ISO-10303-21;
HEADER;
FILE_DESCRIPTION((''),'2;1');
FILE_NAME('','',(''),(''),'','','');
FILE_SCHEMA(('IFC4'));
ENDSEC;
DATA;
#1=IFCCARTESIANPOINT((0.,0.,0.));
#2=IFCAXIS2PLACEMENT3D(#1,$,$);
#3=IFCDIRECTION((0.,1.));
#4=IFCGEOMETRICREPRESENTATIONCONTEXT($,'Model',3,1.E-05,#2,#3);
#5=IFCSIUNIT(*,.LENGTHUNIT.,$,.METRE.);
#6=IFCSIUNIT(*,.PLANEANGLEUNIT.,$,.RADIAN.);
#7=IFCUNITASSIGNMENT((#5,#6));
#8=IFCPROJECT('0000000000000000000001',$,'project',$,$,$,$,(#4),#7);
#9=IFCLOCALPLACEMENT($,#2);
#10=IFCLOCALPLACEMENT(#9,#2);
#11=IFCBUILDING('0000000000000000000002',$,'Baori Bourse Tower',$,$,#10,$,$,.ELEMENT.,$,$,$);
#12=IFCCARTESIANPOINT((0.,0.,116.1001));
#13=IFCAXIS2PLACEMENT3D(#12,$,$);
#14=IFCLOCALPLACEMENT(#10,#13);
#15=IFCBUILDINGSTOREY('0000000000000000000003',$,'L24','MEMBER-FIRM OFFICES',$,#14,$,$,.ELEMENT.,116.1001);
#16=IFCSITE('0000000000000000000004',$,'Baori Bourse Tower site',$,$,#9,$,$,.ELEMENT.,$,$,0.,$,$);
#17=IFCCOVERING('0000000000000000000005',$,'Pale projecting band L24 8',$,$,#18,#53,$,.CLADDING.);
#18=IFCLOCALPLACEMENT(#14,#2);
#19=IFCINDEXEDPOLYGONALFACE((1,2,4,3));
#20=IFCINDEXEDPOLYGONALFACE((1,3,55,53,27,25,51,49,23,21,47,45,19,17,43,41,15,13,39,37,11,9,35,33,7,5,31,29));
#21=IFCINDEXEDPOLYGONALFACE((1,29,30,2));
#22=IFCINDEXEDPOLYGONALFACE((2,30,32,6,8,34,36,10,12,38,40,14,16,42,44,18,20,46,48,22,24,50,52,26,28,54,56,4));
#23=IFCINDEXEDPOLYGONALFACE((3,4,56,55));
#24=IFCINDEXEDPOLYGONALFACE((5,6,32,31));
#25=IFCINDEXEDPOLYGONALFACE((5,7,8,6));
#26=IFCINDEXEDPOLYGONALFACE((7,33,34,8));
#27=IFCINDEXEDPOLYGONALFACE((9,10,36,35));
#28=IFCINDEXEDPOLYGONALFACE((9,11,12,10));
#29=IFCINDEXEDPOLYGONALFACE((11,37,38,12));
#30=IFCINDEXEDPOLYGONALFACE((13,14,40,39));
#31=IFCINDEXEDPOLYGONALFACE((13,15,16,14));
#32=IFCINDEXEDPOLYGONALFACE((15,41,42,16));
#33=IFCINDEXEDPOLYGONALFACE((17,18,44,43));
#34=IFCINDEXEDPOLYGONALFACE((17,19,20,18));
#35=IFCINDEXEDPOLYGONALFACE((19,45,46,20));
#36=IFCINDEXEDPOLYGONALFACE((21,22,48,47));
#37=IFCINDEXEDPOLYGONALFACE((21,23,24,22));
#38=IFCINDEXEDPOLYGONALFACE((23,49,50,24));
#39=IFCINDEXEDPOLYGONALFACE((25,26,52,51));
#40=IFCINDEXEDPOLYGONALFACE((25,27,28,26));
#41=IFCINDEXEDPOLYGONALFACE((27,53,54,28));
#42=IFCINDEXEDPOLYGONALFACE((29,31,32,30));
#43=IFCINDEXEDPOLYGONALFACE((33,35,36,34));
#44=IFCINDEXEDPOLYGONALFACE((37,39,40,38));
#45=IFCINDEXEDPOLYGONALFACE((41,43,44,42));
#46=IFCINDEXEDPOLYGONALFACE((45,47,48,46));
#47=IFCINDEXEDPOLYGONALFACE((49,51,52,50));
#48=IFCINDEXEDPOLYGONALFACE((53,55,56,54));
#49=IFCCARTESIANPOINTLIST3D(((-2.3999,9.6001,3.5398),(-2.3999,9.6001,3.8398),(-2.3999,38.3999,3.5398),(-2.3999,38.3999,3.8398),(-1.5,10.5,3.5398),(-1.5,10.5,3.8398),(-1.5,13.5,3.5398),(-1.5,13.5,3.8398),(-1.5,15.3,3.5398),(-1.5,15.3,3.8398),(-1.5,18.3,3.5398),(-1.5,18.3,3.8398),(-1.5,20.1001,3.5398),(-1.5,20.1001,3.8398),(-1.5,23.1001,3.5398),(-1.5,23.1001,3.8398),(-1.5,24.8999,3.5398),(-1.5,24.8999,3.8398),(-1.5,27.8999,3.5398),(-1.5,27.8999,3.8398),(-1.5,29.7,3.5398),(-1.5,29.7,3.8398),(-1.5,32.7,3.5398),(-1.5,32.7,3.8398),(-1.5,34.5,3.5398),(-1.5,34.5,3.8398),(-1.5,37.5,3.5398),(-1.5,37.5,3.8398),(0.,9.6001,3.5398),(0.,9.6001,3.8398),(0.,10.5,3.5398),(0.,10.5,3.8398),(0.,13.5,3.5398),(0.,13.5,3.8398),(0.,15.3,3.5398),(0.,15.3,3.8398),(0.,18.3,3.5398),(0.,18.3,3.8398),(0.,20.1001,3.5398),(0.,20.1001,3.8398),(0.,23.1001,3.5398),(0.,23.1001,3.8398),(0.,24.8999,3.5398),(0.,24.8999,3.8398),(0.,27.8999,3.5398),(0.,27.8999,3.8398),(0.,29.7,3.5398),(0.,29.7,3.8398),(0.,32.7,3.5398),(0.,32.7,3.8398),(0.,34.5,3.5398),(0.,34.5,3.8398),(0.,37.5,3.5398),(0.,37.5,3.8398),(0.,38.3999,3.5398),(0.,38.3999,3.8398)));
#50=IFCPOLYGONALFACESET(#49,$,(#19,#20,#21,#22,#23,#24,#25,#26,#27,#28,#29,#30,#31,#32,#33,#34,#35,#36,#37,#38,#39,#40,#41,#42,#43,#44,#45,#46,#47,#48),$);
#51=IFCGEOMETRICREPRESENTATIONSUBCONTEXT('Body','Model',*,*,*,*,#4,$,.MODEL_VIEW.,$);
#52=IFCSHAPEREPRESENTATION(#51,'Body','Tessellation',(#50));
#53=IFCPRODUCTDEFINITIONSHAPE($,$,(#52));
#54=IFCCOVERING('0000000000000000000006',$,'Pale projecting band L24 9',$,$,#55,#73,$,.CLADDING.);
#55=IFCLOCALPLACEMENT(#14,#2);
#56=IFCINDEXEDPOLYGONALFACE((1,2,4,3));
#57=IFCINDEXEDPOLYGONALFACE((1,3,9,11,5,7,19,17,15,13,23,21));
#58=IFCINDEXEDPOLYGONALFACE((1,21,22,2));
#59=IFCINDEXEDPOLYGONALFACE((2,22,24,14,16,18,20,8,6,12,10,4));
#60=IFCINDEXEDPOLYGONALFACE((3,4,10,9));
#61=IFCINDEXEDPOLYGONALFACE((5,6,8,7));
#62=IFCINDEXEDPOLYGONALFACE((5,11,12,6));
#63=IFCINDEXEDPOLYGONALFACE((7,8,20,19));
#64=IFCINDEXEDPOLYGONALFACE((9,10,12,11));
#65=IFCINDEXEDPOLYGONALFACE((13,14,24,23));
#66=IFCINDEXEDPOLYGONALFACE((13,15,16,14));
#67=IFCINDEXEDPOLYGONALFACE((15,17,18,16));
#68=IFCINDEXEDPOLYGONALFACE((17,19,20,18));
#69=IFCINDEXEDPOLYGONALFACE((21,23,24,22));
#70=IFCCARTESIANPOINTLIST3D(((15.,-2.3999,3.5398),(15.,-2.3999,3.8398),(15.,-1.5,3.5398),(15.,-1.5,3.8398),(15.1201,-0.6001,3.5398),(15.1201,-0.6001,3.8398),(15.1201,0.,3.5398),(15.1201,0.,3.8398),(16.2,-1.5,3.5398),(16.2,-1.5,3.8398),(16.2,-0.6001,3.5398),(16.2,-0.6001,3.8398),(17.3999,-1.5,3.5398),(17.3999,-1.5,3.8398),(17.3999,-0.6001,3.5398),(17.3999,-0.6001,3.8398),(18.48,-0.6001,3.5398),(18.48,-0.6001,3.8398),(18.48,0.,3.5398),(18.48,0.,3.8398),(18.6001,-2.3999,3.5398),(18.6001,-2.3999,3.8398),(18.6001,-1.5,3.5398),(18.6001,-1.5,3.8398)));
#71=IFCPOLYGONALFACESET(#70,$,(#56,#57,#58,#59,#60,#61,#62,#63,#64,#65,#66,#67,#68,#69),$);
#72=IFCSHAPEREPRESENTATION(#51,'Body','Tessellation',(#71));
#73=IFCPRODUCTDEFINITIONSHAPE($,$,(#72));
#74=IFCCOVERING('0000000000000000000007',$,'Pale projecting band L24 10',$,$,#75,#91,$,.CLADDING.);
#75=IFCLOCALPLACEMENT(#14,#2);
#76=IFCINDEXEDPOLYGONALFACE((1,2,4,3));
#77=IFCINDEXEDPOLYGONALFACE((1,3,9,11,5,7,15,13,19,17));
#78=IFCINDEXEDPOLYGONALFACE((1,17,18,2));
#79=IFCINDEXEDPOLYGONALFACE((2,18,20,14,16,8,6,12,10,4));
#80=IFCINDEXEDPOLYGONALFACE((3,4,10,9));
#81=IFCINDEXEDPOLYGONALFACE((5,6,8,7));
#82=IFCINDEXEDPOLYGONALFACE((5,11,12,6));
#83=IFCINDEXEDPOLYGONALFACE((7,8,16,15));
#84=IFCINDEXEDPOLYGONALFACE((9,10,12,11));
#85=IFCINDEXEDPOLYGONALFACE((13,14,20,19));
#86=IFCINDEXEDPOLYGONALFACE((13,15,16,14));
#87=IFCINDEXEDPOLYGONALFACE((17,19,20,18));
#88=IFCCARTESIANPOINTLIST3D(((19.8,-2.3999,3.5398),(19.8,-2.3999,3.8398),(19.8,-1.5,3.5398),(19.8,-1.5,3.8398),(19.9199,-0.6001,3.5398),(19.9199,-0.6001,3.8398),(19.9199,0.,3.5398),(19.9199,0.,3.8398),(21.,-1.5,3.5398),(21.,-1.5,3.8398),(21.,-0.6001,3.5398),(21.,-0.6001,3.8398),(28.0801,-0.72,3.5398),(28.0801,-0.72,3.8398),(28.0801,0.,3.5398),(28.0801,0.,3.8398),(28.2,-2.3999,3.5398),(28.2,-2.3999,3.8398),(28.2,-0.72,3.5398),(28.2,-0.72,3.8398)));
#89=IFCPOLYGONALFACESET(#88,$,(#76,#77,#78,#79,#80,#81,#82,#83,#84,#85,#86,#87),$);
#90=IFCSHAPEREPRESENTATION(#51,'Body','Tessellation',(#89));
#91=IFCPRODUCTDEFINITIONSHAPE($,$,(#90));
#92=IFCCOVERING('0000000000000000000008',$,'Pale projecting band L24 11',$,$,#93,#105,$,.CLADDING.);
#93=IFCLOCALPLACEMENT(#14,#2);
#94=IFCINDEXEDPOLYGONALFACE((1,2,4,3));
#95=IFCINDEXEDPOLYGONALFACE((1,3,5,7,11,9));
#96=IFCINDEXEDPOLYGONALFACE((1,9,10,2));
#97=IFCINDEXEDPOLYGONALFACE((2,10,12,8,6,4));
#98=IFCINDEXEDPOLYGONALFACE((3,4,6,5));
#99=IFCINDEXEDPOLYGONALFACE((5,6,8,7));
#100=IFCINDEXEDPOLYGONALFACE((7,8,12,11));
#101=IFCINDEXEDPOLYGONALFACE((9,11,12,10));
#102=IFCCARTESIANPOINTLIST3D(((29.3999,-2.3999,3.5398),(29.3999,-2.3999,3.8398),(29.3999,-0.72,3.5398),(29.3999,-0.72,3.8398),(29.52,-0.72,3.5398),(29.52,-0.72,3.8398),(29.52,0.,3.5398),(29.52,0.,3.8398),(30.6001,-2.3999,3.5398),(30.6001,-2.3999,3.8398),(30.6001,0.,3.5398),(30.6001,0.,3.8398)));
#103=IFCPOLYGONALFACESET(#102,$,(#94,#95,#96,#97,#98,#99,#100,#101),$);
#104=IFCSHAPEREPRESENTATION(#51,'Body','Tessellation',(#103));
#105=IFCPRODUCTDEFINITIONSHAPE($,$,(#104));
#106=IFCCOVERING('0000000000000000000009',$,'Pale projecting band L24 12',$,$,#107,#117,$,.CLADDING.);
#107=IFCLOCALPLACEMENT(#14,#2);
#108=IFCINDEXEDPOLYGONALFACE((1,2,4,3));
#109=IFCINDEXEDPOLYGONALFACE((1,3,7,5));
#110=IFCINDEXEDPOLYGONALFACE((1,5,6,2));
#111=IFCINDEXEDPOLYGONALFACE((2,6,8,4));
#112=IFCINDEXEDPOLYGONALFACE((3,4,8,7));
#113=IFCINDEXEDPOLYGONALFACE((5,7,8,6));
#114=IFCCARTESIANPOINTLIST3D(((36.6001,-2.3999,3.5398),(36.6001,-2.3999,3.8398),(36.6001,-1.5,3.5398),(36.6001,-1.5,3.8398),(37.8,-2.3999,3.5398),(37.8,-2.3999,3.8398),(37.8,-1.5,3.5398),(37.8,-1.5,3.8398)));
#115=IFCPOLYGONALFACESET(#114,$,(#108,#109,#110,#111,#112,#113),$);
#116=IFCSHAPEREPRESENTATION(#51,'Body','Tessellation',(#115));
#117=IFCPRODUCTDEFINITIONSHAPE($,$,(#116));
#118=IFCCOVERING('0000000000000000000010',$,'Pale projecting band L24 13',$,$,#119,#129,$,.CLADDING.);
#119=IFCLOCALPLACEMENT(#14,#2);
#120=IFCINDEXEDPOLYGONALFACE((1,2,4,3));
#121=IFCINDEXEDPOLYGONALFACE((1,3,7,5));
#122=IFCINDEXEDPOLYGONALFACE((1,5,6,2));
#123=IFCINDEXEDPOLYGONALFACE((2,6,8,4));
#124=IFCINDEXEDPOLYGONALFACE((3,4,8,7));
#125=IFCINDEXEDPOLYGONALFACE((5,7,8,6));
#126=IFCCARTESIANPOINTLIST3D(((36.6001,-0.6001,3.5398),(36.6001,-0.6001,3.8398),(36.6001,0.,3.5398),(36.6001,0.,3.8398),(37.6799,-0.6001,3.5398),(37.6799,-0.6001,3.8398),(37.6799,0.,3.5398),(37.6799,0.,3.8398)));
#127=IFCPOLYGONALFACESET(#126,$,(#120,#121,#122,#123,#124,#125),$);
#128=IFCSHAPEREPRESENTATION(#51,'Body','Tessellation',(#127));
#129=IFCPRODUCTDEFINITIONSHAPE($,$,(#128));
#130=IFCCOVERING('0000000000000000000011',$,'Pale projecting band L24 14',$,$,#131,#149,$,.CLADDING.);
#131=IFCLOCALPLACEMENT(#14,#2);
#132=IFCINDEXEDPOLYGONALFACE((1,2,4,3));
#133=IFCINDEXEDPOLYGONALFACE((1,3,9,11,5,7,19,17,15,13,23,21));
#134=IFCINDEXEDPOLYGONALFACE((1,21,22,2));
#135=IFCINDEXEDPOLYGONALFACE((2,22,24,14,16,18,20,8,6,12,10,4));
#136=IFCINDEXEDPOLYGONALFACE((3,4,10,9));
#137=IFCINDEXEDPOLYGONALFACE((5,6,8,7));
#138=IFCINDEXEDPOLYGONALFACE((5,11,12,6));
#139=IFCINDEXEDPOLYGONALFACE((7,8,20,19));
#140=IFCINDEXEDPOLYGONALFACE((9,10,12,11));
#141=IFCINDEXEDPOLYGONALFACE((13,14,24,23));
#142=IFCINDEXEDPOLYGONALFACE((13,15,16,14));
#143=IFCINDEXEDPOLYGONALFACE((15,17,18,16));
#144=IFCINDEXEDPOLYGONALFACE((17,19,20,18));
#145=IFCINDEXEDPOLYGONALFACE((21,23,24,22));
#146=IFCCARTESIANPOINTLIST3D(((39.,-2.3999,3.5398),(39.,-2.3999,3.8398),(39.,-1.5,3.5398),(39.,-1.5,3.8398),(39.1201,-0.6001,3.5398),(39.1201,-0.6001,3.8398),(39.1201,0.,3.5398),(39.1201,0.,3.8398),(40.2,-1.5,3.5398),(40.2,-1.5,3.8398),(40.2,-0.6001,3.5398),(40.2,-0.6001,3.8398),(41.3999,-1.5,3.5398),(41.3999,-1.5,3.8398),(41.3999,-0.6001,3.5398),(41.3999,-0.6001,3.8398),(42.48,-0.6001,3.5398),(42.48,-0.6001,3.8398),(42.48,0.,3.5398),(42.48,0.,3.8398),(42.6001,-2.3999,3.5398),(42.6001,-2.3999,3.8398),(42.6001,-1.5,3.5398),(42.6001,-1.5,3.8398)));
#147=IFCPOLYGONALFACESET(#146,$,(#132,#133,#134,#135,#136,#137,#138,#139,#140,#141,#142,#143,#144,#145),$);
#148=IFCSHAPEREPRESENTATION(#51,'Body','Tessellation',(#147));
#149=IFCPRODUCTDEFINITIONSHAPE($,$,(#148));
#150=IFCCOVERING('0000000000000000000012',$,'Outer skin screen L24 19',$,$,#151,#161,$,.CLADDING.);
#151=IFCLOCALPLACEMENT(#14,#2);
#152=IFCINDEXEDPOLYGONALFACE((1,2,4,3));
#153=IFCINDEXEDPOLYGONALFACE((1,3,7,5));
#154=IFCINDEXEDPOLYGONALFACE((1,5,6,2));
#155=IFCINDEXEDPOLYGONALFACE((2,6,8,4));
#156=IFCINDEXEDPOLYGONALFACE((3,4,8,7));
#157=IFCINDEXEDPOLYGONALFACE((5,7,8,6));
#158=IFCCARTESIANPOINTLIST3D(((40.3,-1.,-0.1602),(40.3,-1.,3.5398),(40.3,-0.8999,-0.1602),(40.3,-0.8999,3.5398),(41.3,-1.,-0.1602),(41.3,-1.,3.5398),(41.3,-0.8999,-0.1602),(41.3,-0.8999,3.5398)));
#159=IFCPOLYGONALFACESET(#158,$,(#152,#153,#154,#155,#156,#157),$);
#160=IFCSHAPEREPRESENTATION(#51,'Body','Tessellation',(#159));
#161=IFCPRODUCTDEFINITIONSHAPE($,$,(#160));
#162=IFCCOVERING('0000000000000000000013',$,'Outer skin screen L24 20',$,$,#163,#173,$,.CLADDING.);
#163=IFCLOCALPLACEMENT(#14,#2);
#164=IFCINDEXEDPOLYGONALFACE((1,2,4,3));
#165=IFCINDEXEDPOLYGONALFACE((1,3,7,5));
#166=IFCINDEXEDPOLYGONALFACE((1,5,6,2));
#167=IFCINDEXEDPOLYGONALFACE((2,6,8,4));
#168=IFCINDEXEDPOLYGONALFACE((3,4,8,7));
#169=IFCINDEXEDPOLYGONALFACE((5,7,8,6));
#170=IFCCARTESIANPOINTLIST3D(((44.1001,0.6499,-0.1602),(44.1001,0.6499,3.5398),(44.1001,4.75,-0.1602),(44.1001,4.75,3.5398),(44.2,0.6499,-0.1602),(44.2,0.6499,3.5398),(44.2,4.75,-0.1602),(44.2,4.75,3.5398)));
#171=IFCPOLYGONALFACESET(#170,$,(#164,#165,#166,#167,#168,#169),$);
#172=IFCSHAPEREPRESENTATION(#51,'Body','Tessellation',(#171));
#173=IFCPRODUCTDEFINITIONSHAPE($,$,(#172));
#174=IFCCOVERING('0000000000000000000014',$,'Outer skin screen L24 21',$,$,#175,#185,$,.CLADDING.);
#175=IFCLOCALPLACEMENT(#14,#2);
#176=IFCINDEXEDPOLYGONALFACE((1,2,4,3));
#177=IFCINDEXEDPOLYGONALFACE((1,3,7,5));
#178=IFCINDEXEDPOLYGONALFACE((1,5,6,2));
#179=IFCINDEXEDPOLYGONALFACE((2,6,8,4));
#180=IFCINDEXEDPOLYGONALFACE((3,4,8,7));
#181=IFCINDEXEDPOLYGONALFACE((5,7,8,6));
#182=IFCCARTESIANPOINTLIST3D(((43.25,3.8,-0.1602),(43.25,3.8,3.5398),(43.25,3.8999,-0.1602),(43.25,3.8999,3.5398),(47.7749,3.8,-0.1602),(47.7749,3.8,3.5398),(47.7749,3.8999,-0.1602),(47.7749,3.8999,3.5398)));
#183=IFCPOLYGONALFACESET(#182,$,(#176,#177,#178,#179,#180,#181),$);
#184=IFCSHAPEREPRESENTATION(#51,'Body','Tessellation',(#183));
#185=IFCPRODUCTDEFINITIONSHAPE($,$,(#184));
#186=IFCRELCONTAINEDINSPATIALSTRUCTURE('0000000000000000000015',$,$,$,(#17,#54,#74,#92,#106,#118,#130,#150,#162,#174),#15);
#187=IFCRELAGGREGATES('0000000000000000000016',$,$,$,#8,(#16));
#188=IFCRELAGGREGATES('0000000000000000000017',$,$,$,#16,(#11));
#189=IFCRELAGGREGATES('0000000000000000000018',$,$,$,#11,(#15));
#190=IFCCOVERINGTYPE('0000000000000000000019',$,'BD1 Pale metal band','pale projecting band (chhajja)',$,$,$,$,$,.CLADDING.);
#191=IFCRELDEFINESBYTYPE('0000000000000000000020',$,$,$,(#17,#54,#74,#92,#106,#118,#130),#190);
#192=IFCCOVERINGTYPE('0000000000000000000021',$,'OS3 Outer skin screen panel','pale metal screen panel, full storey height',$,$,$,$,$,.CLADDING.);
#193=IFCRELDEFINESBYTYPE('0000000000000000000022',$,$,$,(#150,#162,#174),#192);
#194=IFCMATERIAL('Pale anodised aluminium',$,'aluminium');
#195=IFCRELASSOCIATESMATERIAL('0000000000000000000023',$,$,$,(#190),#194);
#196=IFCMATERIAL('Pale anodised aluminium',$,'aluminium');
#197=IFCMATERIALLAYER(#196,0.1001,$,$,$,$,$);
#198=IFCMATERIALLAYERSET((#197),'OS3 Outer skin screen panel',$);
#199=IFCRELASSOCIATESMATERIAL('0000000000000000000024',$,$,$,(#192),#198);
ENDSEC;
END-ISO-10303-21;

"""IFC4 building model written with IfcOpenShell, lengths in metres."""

from ifc_helpers import new_model, si_unit, direction, frame, origin, place, context, subcontext, project, spatial, polyline, outline, extrude, material, layer, layer_set, type_object, element, save


model = new_model("IFC4")

# Units and contexts
model_context = context("Model", 3, precision=1e-05, world=origin(), true_north=direction((0.0, 1.0)))
body_context = subcontext(model_context, "Body", "Model", "MODEL_VIEW")
ifc_project = project(units=[si_unit("LENGTHUNIT", "METRE"), si_unit("PLANEANGLEUNIT", "RADIAN")], contexts=[model_context])

# Site, building, storey
site_placement = place(None, origin())
site = spatial("IfcSite", under=ifc_project, at=site_placement, Name="Baori Bourse Tower site", CompositionType="ELEMENT", RefElevation=0.0)
building_placement = place(site_placement, origin())
building = spatial("IfcBuilding", under=site, at=building_placement, Name="Baori Bourse Tower", CompositionType="ELEMENT")
storey_placement = place(building_placement, frame((0.0, 0.0, 116.1001)))
storey = spatial("IfcBuildingStorey", under=building, at=storey_placement, Name="L24", Description="MEMBER-FIRM OFFICES", CompositionType="ELEMENT", Elevation=116.1001)

# Coverings
ifc_material_1 = material(Name="Pale anodised aluminium", Category="aluminium")
covering_type_1 = type_object("IfcCoveringType", Name="BD1 Pale metal band", Description="pale projecting band (chhajja)", PredefinedType="CLADDING", material=ifc_material_1)
covering_1_placement = place(storey_placement, frame((0.0, 0.0, 3.5398)))
element("IfcCovering", 1, at=covering_1_placement, inside=storey, type_object=covering_type_1, Name="Pale projecting band L24 8", PredefinedType="CLADDING", context=body_context, shape_type="SweptSolid", body=[
    extrude(outline(polyline([(0.0, 37.5), (0.0, 38.3999), (-2.3999, 38.3999), (-2.3999, 9.6001), (0.0, 9.6001), (0.0, 10.5), (-1.5, 10.5), (-1.5, 13.5), (0.0, 13.5), (0.0, 15.3), (-1.5, 15.3), (-1.5, 18.3), (0.0, 18.3), (0.0, 20.1001), (-1.5, 20.1001), (-1.5, 23.1001), (0.0, 23.1001), (0.0, 24.8999), (-1.5, 24.8999), (-1.5, 27.8999), (0.0, 27.8999), (0.0, 29.7), (-1.5, 29.7), (-1.5, 32.7), (0.0, 32.7), (0.0, 34.5), (-1.5, 34.5), (-1.5, 37.5), (0.0, 37.5)])), origin(), (0.0, 0.0, 1.0), 0.3),
])
covering_2_placement = place(storey_placement, frame((0.0, 0.0, 3.5398)))
element("IfcCovering", 2, at=covering_2_placement, inside=storey, type_object=covering_type_1, Name="Pale projecting band L24 9", PredefinedType="CLADDING", context=body_context, shape_type="SweptSolid", body=[
    extrude(outline(polyline([(18.48, 0.0), (15.1201, 0.0), (15.1201, -0.6001), (16.2, -0.6001), (16.2, -1.5), (15.0, -1.5), (15.0, -2.3999), (18.6001, -2.3999), (18.6001, -1.5), (17.3999, -1.5), (17.3999, -0.6001), (18.48, -0.6001), (18.48, 0.0)])), origin(), (0.0, 0.0, 1.0), 0.3),
])
covering_3_placement = place(storey_placement, frame((0.0, 0.0, 3.5398)))
element("IfcCovering", 3, at=covering_3_placement, inside=storey, type_object=covering_type_1, Name="Pale projecting band L24 10", PredefinedType="CLADDING", context=body_context, shape_type="SweptSolid", body=[
    extrude(outline(polyline([(28.0801, 0.0), (19.9199, 0.0), (19.9199, -0.6001), (21.0, -0.6001), (21.0, -1.5), (19.8, -1.5), (19.8, -2.3999), (28.2, -2.3999), (28.2, -0.72), (28.0801, -0.72), (28.0801, 0.0)])), origin(), (0.0, 0.0, 1.0), 0.3),
])
covering_4_placement = place(storey_placement, frame((0.0, 0.0, 3.5398)))
element("IfcCovering", 4, at=covering_4_placement, inside=storey, type_object=covering_type_1, Name="Pale projecting band L24 11", PredefinedType="CLADDING", context=body_context, shape_type="SweptSolid", body=[
    extrude(outline(polyline([(30.6001, 0.0), (29.52, 0.0), (29.52, -0.72), (29.3999, -0.72), (29.3999, -2.3999), (30.6001, -2.3999), (30.6001, 0.0)])), origin(), (0.0, 0.0, 1.0), 0.3),
])
covering_5_placement = place(storey_placement, frame((0.0, 0.0, 3.5398)))
element("IfcCovering", 5, at=covering_5_placement, inside=storey, type_object=covering_type_1, Name="Pale projecting band L24 12", PredefinedType="CLADDING", context=body_context, shape_type="SweptSolid", body=[
    extrude(outline(polyline([(37.8, -2.3999), (37.8, -1.5), (36.6001, -1.5), (36.6001, -2.3999), (37.8, -2.3999)])), origin(), (0.0, 0.0, 1.0), 0.3),
])
covering_6_placement = place(storey_placement, frame((0.0, 0.0, 3.5398)))
element("IfcCovering", 6, at=covering_6_placement, inside=storey, type_object=covering_type_1, Name="Pale projecting band L24 13", PredefinedType="CLADDING", context=body_context, shape_type="SweptSolid", body=[
    extrude(outline(polyline([(37.6799, 0.0), (36.6001, 0.0), (36.6001, -0.6001), (37.6799, -0.6001), (37.6799, 0.0)])), origin(), (0.0, 0.0, 1.0), 0.3),
])
covering_7_placement = place(storey_placement, frame((0.0, 0.0, 3.5398)))
element("IfcCovering", 7, at=covering_7_placement, inside=storey, type_object=covering_type_1, Name="Pale projecting band L24 14", PredefinedType="CLADDING", context=body_context, shape_type="SweptSolid", body=[
    extrude(outline(polyline([(42.48, 0.0), (39.1201, 0.0), (39.1201, -0.6001), (40.2, -0.6001), (40.2, -1.5), (39.0, -1.5), (39.0, -2.3999), (42.6001, -2.3999), (42.6001, -1.5), (41.3999, -1.5), (41.3999, -0.6001), (42.48, -0.6001), (42.48, 0.0)])), origin(), (0.0, 0.0, 1.0), 0.3),
])
ifc_material_2 = material(Name="Pale anodised aluminium", Category="aluminium")
ifc_layer = layer(ifc_material_2, 0.1001)
ifc_layer_set = layer_set([ifc_layer], Name="OS3 Outer skin screen panel")
covering_type_2 = type_object("IfcCoveringType", Name="OS3 Outer skin screen panel", Description="pale metal screen panel, full storey height", PredefinedType="CLADDING", material=ifc_layer_set)
covering_8_placement = place(storey_placement, frame((0.0, 0.0, -0.1602)))
element("IfcCovering", 8, at=covering_8_placement, inside=storey, type_object=covering_type_2, Name="Outer skin screen L24 19", PredefinedType="CLADDING", context=body_context, shape_type="SweptSolid", body=[
    extrude(outline(polyline([(41.3, -0.8999), (40.3, -0.8999), (40.3, -1.0), (41.3, -1.0), (41.3, -0.8999)])), origin(), (0.0, 0.0, 1.0), 3.7),
])
covering_9_placement = place(storey_placement, frame((0.0, 0.0, -0.1602)))
element("IfcCovering", 9, at=covering_9_placement, inside=storey, type_object=covering_type_2, Name="Outer skin screen L24 20", PredefinedType="CLADDING", context=body_context, shape_type="SweptSolid", body=[
    extrude(outline(polyline([(44.1001, 4.75), (44.1001, 0.6499), (44.2, 0.6499), (44.2, 4.75), (44.1001, 4.75)])), origin(), (0.0, 0.0, 1.0), 3.7),
])
covering_10_placement = place(storey_placement, frame((0.0, 0.0, -0.1602)))
element("IfcCovering", 10, at=covering_10_placement, inside=storey, type_object=covering_type_2, Name="Outer skin screen L24 21", PredefinedType="CLADDING", context=body_context, shape_type="SweptSolid", body=[
    extrude(outline(polyline([(47.7749, 3.8999), (43.25, 3.8999), (43.25, 3.8), (47.7749, 3.8), (47.7749, 3.8999)])), origin(), (0.0, 0.0, 1.0), 3.7),
])

save(model, "model.ifc")
